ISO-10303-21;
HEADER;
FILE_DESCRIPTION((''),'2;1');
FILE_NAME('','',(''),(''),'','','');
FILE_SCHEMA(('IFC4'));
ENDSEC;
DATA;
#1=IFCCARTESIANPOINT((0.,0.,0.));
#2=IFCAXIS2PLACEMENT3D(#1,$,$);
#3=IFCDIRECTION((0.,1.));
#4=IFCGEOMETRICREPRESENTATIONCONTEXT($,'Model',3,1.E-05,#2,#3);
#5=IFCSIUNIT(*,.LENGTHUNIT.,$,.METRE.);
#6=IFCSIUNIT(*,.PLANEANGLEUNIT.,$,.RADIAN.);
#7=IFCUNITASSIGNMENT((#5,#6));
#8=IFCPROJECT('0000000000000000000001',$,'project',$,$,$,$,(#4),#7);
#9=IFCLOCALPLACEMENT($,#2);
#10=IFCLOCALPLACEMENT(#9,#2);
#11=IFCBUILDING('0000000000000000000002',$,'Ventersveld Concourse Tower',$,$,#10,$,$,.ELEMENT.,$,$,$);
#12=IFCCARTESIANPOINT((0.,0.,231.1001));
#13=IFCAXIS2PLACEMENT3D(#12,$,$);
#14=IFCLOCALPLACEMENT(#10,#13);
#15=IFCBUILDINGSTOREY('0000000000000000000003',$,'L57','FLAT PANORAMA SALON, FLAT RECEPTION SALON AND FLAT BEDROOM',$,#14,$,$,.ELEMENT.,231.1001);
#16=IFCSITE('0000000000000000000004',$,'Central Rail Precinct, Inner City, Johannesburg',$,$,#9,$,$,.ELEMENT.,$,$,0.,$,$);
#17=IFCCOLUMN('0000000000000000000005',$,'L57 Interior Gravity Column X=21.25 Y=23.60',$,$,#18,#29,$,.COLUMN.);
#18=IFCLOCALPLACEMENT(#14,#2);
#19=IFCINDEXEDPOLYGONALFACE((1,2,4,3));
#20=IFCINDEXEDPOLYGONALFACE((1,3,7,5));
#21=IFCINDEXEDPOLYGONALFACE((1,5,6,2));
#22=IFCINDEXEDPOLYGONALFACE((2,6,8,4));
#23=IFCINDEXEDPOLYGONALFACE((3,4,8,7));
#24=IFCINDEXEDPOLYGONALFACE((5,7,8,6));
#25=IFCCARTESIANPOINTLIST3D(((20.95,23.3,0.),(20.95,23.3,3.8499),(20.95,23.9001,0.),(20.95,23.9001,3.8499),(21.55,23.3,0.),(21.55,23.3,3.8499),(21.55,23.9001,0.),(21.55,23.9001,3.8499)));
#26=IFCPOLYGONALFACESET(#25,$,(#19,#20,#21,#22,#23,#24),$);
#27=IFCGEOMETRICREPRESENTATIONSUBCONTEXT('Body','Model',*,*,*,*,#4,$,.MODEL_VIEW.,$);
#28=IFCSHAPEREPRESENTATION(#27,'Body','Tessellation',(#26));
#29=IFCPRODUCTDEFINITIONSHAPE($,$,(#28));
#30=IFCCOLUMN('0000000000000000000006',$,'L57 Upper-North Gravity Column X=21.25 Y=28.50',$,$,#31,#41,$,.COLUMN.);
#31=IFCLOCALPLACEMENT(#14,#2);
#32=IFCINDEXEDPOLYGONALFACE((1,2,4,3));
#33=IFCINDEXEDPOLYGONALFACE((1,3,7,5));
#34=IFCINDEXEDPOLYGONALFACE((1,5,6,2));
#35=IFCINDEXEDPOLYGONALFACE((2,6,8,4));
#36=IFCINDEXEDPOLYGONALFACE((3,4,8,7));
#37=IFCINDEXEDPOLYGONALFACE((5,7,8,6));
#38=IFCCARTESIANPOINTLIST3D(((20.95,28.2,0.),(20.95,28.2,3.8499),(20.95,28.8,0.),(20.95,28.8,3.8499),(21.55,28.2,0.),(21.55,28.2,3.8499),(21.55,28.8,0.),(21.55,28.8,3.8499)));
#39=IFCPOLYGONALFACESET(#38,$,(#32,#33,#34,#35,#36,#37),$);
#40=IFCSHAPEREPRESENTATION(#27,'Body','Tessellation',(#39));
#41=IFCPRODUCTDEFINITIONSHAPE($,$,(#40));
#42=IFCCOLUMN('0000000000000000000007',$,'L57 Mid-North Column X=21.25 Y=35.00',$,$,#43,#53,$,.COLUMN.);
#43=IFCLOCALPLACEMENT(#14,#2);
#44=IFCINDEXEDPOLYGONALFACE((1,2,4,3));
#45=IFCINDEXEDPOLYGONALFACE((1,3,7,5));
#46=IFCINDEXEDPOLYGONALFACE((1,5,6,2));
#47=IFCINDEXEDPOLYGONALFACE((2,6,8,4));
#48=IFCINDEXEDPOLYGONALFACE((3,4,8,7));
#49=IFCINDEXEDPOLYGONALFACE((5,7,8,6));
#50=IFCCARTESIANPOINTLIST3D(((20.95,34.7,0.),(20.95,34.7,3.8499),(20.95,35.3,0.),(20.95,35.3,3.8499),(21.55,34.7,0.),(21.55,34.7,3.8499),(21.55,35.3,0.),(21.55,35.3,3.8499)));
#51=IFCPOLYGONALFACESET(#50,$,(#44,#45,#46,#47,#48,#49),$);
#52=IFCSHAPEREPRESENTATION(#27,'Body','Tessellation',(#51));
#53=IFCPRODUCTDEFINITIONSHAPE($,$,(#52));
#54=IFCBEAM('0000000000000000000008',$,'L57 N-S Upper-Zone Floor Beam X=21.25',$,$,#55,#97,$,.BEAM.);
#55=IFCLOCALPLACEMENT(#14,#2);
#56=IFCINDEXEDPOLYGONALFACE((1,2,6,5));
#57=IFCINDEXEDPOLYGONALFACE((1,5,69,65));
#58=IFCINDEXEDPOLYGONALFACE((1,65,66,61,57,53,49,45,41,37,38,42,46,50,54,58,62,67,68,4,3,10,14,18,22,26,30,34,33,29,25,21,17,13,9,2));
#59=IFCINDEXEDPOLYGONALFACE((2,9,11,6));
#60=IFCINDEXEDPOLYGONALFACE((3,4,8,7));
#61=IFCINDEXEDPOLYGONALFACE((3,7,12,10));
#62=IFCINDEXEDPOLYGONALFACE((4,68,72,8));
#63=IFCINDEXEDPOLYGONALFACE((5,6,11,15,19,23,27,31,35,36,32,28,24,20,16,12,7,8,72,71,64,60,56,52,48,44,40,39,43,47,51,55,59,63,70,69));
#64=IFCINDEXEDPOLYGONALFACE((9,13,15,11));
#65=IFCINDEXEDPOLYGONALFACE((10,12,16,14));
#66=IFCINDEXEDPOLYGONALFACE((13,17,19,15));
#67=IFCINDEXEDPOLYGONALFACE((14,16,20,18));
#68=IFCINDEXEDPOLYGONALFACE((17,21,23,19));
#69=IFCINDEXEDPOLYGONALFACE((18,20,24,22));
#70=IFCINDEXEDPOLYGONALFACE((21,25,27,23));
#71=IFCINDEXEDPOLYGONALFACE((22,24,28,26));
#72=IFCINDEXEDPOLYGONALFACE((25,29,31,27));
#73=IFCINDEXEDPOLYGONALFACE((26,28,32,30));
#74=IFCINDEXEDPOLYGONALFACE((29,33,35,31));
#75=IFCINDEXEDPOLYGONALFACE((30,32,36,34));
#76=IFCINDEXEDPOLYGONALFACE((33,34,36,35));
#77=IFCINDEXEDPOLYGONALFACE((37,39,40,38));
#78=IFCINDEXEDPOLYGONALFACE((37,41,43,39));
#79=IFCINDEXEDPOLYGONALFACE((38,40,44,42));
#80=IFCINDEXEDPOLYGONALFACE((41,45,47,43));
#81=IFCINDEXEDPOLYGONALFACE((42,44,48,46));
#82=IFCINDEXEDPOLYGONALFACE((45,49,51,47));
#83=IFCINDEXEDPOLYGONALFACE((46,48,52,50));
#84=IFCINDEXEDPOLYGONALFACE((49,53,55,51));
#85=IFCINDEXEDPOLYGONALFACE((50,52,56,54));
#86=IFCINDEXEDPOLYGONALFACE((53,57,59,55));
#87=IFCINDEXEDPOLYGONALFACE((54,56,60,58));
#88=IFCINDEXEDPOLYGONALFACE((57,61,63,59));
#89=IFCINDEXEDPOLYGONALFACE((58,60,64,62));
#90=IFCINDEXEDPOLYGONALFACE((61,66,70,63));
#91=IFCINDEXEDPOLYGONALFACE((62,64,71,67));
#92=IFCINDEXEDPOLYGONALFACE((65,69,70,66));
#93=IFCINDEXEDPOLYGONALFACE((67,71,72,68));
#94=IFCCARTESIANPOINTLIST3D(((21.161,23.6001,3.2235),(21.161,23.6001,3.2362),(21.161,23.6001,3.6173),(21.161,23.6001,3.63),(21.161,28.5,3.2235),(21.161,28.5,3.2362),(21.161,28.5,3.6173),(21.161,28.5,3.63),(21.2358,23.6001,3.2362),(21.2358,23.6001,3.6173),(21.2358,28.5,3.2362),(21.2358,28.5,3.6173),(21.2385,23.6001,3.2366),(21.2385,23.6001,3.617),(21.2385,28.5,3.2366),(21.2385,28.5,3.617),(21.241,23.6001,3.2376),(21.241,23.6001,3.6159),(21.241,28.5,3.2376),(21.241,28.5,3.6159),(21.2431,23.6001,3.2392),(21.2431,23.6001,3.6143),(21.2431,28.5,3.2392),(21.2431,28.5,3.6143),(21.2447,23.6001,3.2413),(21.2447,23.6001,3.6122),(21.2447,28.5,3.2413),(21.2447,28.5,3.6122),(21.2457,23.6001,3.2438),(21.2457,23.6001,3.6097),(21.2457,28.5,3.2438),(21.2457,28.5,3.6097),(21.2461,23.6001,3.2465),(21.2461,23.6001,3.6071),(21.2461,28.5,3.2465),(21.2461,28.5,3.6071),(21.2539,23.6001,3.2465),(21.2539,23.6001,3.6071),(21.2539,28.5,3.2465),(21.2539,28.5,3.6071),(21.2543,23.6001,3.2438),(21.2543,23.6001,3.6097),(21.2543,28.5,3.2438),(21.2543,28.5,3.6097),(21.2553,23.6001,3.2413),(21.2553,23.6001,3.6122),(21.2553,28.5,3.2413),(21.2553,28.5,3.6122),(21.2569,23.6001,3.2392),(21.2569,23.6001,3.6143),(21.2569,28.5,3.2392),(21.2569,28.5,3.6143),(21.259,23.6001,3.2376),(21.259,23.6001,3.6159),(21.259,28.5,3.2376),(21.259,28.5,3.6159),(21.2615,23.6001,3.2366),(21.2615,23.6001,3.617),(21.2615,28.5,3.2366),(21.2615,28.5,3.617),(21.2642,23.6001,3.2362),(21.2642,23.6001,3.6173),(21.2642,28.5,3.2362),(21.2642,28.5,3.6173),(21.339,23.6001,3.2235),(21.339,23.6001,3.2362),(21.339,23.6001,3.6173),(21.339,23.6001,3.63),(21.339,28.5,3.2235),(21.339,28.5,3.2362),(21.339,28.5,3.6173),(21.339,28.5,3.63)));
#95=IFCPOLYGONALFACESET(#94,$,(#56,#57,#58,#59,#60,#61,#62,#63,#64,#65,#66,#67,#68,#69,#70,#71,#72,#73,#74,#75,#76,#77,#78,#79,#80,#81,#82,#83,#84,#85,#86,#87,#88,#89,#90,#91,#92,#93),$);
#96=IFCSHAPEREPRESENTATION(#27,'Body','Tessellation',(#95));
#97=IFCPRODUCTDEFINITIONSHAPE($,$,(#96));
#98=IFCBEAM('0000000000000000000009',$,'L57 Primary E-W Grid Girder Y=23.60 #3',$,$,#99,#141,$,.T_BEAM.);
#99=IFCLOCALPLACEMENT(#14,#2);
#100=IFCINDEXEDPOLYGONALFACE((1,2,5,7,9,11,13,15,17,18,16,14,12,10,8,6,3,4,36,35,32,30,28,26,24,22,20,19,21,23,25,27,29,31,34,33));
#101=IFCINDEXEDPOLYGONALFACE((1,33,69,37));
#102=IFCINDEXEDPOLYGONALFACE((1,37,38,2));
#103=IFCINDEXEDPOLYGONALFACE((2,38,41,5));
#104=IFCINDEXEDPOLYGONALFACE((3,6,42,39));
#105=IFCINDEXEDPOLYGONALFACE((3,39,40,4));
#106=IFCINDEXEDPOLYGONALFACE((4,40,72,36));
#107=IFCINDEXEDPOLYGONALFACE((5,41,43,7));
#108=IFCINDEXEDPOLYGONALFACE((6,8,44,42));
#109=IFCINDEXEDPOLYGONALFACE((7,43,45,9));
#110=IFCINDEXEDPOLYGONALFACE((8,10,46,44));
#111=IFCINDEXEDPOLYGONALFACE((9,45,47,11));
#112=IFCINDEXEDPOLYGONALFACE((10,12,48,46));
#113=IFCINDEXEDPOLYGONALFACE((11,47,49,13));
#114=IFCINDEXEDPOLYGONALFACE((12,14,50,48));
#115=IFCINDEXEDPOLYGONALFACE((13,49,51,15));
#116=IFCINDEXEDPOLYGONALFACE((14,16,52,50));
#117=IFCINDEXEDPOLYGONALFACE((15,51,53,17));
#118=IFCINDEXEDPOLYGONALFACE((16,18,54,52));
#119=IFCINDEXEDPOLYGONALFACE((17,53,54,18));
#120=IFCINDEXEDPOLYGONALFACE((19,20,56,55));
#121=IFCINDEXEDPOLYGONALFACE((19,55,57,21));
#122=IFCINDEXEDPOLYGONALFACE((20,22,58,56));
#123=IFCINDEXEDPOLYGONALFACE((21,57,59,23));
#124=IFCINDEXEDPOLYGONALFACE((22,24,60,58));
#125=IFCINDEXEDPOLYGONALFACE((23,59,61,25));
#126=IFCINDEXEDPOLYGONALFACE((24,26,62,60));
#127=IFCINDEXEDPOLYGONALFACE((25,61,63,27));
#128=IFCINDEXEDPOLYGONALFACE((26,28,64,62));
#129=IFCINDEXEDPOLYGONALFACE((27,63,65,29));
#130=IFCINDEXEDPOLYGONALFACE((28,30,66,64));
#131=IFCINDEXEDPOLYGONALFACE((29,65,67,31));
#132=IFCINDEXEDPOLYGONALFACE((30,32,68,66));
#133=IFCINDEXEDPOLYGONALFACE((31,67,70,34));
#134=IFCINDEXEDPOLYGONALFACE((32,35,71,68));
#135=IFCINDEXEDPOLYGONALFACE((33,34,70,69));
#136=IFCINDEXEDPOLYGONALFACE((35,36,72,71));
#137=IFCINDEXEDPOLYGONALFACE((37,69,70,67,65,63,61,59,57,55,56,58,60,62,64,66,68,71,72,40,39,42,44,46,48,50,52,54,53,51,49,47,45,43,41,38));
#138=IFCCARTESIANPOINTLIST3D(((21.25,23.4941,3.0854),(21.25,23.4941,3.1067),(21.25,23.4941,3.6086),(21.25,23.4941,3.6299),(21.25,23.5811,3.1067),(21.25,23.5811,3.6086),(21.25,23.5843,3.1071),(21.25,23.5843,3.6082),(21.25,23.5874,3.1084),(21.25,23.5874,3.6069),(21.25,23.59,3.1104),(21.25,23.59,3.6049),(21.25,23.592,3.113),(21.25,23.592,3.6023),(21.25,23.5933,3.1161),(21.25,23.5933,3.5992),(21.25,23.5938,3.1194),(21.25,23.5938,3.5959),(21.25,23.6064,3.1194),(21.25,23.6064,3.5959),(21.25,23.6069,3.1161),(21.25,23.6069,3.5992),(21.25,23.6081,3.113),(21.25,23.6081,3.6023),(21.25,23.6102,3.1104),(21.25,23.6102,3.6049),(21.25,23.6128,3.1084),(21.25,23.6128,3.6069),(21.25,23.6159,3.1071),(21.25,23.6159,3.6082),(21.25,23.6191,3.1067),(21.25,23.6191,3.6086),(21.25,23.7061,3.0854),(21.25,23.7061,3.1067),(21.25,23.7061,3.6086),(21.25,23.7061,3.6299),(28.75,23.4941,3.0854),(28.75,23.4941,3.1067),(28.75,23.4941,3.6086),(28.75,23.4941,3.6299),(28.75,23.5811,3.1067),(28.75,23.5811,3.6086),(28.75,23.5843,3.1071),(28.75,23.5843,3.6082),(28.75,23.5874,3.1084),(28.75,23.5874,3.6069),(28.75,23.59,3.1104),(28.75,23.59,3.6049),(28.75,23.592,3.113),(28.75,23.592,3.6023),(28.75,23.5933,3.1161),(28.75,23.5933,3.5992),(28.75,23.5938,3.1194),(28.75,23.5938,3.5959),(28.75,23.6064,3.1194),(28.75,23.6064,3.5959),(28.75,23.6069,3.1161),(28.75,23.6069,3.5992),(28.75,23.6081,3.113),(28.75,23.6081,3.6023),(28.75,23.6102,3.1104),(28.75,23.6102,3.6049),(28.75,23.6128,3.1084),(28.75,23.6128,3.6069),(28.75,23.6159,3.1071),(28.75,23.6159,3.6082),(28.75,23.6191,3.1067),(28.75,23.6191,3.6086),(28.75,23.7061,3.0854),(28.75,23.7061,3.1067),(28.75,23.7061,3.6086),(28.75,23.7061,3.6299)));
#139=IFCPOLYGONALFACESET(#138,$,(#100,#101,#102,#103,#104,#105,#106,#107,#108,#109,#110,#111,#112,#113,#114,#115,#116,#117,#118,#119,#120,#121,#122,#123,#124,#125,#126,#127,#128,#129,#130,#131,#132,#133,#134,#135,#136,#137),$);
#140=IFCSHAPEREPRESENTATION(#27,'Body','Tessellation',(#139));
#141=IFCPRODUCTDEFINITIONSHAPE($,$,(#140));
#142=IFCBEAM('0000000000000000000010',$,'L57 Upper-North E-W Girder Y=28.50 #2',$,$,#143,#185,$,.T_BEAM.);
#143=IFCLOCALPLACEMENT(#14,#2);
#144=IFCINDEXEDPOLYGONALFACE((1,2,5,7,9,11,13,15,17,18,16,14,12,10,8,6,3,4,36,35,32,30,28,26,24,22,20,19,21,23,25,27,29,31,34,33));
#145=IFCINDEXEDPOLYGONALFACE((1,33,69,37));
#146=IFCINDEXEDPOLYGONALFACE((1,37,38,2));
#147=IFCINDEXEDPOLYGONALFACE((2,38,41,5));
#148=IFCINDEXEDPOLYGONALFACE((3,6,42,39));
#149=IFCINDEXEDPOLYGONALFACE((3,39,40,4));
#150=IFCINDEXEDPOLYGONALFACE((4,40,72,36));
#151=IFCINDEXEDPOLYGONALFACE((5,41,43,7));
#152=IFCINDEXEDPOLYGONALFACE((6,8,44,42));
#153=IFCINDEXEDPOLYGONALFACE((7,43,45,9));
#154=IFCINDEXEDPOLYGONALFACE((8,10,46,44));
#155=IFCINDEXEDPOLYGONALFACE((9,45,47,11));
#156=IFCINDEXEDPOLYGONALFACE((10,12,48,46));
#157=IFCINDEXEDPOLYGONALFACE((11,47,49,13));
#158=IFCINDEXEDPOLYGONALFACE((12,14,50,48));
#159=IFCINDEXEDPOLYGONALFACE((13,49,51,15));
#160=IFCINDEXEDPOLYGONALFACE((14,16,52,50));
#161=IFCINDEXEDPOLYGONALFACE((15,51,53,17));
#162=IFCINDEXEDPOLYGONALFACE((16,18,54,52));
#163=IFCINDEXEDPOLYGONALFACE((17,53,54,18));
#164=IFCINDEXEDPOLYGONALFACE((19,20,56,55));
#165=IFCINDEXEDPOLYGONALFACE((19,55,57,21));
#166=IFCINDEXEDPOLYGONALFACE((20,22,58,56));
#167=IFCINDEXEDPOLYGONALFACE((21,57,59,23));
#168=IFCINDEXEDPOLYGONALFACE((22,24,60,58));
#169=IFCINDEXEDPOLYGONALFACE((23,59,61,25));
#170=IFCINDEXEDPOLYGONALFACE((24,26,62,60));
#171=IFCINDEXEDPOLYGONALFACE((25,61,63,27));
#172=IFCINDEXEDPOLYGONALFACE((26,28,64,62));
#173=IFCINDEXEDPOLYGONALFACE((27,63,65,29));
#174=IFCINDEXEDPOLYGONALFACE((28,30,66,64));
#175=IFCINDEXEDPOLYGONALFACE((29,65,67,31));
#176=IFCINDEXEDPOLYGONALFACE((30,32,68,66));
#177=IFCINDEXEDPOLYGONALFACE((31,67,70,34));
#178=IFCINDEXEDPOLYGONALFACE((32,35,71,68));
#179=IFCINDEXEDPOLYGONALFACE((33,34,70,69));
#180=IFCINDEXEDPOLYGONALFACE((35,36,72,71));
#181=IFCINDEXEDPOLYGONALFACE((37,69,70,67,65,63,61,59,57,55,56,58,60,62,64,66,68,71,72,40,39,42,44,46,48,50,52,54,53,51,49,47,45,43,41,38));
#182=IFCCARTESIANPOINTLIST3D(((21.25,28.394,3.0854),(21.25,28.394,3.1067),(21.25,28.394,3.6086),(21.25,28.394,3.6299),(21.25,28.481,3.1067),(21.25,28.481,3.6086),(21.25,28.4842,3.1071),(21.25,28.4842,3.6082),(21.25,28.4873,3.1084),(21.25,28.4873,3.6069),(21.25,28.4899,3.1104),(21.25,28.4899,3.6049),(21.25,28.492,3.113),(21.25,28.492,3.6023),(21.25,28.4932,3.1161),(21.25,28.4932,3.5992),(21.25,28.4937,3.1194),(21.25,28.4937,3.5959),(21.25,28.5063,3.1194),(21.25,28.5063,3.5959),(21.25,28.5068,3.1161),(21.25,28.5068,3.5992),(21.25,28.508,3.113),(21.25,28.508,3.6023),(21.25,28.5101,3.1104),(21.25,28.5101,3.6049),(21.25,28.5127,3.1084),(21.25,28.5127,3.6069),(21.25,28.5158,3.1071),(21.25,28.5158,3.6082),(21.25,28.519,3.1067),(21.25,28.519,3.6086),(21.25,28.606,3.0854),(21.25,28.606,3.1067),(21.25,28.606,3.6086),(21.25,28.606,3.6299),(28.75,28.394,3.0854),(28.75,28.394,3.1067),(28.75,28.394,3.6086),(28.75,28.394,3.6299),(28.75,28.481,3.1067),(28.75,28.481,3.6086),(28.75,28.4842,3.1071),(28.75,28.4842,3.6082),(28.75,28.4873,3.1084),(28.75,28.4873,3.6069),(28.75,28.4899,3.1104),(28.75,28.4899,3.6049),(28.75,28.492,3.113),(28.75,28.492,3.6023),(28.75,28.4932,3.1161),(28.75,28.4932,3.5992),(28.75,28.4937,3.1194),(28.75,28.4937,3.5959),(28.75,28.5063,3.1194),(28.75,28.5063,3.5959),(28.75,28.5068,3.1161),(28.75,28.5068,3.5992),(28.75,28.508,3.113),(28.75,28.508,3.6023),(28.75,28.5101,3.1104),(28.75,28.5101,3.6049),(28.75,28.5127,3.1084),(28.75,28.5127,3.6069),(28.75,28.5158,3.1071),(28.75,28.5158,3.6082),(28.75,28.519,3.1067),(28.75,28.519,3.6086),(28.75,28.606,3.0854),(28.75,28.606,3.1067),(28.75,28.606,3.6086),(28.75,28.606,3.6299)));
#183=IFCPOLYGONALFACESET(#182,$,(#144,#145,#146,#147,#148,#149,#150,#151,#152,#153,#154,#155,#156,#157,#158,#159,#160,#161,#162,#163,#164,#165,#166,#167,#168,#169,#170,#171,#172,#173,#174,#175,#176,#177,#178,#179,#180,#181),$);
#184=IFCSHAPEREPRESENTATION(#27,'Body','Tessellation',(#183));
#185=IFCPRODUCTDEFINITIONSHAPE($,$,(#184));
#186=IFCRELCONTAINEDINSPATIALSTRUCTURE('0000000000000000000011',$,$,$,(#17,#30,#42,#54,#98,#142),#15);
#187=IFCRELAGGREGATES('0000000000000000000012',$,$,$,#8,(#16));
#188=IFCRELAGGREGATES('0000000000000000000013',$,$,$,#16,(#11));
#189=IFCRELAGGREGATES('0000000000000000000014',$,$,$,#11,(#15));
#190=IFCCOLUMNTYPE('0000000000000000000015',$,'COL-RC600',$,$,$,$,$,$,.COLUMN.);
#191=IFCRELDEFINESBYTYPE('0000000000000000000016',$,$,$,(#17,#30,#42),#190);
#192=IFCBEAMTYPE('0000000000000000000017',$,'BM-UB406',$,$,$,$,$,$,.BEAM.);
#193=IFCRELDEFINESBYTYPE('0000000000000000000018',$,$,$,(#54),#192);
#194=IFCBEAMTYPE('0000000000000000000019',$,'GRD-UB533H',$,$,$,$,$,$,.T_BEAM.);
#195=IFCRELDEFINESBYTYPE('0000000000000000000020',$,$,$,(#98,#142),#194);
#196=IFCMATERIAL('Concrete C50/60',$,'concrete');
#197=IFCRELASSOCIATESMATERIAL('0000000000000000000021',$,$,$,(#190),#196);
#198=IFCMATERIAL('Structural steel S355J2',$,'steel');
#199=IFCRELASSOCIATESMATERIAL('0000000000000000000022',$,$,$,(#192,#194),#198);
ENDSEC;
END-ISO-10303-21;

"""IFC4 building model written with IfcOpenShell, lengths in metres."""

from ifc_helpers import new_model, si_unit, direction, frame, origin, origin_2d, place, context, subcontext, project, spatial, rectangle, i_section, extrude, material, material_profile, profile_set, type_object, element, save


model = new_model("IFC4")

# Units and contexts
model_context = context("Model", 3, precision=1e-05, world=origin(), true_north=direction((0.0, 1.0)))
body_context = subcontext(model_context, "Body", "Model", "MODEL_VIEW")
ifc_project = project(units=[si_unit("LENGTHUNIT", "METRE"), si_unit("PLANEANGLEUNIT", "RADIAN")], contexts=[model_context])

# Site, building, storey
site_placement = place(None, origin())
site = spatial("IfcSite", under=ifc_project, at=site_placement, Name="Central Rail Precinct, Inner City, Johannesburg", CompositionType="ELEMENT", RefElevation=0.0)
building_placement = place(site_placement, origin())
building = spatial("IfcBuilding", under=site, at=building_placement, Name="Ventersveld Concourse Tower", CompositionType="ELEMENT")
storey_placement = place(building_placement, frame((0.0, 0.0, 231.1001)))
storey = spatial("IfcBuildingStorey", under=building, at=storey_placement, Name="L57", Description="FLAT PANORAMA SALON, FLAT RECEPTION SALON AND FLAT BEDROOM", CompositionType="ELEMENT", Elevation=231.1001)

# Columns
ifc_material_1 = material(Name="Concrete C50/60", Category="concrete")
ifc_material_profile_1 = material_profile(ifc_material_1, rectangle(XDim=0.6001, YDim=0.6001, at=origin_2d()), Name="RC 600x600")
ifc_profile_set_1 = profile_set([ifc_material_profile_1], Name="Concrete C50/60")
column_type = type_object("IfcColumnType", Name="COL-RC600", PredefinedType="COLUMN", material=ifc_profile_set_1)
for number, where, z_axis, x_axis, name in (
    (1, (21.25, 23.6001, 0.0), (0.0, 0.0, 1.0), (1.0, 0.0, 0.0), "L57 Interior Gravity Column X=21.25 Y=23.60"),
    (2, (21.25, 28.5, 0.0), (0.0, 0.0, 1.0), (1.0, 0.0, 0.0), "L57 Upper-North Gravity Column X=21.25 Y=28.50"),
    (3, (21.25, 35.0, 0.0), (0.0, 0.0, 1.0), (1.0, 0.0, 0.0), "L57 Mid-North Column X=21.25 Y=35.00"),
):
    element("IfcColumn", number, at=place(storey_placement, frame(where, z_axis=z_axis, x_axis=x_axis)), inside=storey, type_object=column_type, Name=name, PredefinedType="COLUMN", context=body_context, shape_type="SweptSolid", body=[
        extrude(rectangle(XDim=0.6001, YDim=0.6001, at=origin_2d()), origin(), (0.0, 0.0, 1.0), 3.8499),
    ])

# Beams
ifc_material_2 = material(Name="Structural steel S355J2", Category="steel")
ifc_material_profile_2 = material_profile(ifc_material_2, i_section(OverallWidth=0.178, OverallDepth=0.4065, WebThickness=0.0078, FlangeThickness=0.0127, FilletRadius=0.0103, at=origin_2d()), Name="UB 406x178x60")
ifc_profile_set_2 = profile_set([ifc_material_profile_2], Name="Structural steel S355J2")
beam_type_1 = type_object("IfcBeamType", Name="BM-UB406", PredefinedType="BEAM", material=ifc_profile_set_2)
beam_placement = place(storey_placement, frame((21.25, 23.6001, 3.4268), z_axis=(0.0, 1.0, 0.0), x_axis=(-1.0, 0.0, 0.0)))
element("IfcBeam", 4, at=beam_placement, inside=storey, type_object=beam_type_1, Name="L57 N-S Upper-Zone Floor Beam X=21.25", PredefinedType="BEAM", context=body_context, shape_type="SweptSolid", body=[
    extrude(i_section(OverallWidth=0.178, OverallDepth=0.4065, WebThickness=0.0078, FlangeThickness=0.0127, FilletRadius=0.0103, at=origin_2d()), origin(), (0.0, 0.0, 1.0), 4.8999),
])
ifc_material_profile_3 = material_profile(ifc_material_2, i_section(OverallWidth=0.2119, OverallDepth=0.5444, WebThickness=0.0127, FlangeThickness=0.0212, FilletRadius=0.0127, at=origin_2d()), Name="UB 533x210x122")
ifc_profile_set_3 = profile_set([ifc_material_profile_3], Name="Structural steel S355J2")
beam_type_2 = type_object("IfcBeamType", Name="GRD-UB533H", PredefinedType="T_BEAM", material=ifc_profile_set_3)
for number, where, z_axis, x_axis, name in (
    (5, (21.25, 23.6001, 3.3577), (1.0, 0.0, 0.0), (0.0, 1.0, 0.0), "L57 Primary E-W Grid Girder Y=23.60 #3"),
    (6, (21.25, 28.5, 3.3577), (1.0, 0.0, 0.0), (0.0, 1.0, 0.0), "L57 Upper-North E-W Girder Y=28.50 #2"),
):
    element("IfcBeam", number, at=place(storey_placement, frame(where, z_axis=z_axis, x_axis=x_axis)), inside=storey, type_object=beam_type_2, Name=name, PredefinedType="T_BEAM", context=body_context, shape_type="SweptSolid", body=[
        extrude(i_section(OverallWidth=0.2119, OverallDepth=0.5444, WebThickness=0.0127, FlangeThickness=0.0212, FilletRadius=0.0127, at=origin_2d()), origin(), (0.0, 0.0, 1.0), 7.5),
    ])

save(model, "model.ifc")
